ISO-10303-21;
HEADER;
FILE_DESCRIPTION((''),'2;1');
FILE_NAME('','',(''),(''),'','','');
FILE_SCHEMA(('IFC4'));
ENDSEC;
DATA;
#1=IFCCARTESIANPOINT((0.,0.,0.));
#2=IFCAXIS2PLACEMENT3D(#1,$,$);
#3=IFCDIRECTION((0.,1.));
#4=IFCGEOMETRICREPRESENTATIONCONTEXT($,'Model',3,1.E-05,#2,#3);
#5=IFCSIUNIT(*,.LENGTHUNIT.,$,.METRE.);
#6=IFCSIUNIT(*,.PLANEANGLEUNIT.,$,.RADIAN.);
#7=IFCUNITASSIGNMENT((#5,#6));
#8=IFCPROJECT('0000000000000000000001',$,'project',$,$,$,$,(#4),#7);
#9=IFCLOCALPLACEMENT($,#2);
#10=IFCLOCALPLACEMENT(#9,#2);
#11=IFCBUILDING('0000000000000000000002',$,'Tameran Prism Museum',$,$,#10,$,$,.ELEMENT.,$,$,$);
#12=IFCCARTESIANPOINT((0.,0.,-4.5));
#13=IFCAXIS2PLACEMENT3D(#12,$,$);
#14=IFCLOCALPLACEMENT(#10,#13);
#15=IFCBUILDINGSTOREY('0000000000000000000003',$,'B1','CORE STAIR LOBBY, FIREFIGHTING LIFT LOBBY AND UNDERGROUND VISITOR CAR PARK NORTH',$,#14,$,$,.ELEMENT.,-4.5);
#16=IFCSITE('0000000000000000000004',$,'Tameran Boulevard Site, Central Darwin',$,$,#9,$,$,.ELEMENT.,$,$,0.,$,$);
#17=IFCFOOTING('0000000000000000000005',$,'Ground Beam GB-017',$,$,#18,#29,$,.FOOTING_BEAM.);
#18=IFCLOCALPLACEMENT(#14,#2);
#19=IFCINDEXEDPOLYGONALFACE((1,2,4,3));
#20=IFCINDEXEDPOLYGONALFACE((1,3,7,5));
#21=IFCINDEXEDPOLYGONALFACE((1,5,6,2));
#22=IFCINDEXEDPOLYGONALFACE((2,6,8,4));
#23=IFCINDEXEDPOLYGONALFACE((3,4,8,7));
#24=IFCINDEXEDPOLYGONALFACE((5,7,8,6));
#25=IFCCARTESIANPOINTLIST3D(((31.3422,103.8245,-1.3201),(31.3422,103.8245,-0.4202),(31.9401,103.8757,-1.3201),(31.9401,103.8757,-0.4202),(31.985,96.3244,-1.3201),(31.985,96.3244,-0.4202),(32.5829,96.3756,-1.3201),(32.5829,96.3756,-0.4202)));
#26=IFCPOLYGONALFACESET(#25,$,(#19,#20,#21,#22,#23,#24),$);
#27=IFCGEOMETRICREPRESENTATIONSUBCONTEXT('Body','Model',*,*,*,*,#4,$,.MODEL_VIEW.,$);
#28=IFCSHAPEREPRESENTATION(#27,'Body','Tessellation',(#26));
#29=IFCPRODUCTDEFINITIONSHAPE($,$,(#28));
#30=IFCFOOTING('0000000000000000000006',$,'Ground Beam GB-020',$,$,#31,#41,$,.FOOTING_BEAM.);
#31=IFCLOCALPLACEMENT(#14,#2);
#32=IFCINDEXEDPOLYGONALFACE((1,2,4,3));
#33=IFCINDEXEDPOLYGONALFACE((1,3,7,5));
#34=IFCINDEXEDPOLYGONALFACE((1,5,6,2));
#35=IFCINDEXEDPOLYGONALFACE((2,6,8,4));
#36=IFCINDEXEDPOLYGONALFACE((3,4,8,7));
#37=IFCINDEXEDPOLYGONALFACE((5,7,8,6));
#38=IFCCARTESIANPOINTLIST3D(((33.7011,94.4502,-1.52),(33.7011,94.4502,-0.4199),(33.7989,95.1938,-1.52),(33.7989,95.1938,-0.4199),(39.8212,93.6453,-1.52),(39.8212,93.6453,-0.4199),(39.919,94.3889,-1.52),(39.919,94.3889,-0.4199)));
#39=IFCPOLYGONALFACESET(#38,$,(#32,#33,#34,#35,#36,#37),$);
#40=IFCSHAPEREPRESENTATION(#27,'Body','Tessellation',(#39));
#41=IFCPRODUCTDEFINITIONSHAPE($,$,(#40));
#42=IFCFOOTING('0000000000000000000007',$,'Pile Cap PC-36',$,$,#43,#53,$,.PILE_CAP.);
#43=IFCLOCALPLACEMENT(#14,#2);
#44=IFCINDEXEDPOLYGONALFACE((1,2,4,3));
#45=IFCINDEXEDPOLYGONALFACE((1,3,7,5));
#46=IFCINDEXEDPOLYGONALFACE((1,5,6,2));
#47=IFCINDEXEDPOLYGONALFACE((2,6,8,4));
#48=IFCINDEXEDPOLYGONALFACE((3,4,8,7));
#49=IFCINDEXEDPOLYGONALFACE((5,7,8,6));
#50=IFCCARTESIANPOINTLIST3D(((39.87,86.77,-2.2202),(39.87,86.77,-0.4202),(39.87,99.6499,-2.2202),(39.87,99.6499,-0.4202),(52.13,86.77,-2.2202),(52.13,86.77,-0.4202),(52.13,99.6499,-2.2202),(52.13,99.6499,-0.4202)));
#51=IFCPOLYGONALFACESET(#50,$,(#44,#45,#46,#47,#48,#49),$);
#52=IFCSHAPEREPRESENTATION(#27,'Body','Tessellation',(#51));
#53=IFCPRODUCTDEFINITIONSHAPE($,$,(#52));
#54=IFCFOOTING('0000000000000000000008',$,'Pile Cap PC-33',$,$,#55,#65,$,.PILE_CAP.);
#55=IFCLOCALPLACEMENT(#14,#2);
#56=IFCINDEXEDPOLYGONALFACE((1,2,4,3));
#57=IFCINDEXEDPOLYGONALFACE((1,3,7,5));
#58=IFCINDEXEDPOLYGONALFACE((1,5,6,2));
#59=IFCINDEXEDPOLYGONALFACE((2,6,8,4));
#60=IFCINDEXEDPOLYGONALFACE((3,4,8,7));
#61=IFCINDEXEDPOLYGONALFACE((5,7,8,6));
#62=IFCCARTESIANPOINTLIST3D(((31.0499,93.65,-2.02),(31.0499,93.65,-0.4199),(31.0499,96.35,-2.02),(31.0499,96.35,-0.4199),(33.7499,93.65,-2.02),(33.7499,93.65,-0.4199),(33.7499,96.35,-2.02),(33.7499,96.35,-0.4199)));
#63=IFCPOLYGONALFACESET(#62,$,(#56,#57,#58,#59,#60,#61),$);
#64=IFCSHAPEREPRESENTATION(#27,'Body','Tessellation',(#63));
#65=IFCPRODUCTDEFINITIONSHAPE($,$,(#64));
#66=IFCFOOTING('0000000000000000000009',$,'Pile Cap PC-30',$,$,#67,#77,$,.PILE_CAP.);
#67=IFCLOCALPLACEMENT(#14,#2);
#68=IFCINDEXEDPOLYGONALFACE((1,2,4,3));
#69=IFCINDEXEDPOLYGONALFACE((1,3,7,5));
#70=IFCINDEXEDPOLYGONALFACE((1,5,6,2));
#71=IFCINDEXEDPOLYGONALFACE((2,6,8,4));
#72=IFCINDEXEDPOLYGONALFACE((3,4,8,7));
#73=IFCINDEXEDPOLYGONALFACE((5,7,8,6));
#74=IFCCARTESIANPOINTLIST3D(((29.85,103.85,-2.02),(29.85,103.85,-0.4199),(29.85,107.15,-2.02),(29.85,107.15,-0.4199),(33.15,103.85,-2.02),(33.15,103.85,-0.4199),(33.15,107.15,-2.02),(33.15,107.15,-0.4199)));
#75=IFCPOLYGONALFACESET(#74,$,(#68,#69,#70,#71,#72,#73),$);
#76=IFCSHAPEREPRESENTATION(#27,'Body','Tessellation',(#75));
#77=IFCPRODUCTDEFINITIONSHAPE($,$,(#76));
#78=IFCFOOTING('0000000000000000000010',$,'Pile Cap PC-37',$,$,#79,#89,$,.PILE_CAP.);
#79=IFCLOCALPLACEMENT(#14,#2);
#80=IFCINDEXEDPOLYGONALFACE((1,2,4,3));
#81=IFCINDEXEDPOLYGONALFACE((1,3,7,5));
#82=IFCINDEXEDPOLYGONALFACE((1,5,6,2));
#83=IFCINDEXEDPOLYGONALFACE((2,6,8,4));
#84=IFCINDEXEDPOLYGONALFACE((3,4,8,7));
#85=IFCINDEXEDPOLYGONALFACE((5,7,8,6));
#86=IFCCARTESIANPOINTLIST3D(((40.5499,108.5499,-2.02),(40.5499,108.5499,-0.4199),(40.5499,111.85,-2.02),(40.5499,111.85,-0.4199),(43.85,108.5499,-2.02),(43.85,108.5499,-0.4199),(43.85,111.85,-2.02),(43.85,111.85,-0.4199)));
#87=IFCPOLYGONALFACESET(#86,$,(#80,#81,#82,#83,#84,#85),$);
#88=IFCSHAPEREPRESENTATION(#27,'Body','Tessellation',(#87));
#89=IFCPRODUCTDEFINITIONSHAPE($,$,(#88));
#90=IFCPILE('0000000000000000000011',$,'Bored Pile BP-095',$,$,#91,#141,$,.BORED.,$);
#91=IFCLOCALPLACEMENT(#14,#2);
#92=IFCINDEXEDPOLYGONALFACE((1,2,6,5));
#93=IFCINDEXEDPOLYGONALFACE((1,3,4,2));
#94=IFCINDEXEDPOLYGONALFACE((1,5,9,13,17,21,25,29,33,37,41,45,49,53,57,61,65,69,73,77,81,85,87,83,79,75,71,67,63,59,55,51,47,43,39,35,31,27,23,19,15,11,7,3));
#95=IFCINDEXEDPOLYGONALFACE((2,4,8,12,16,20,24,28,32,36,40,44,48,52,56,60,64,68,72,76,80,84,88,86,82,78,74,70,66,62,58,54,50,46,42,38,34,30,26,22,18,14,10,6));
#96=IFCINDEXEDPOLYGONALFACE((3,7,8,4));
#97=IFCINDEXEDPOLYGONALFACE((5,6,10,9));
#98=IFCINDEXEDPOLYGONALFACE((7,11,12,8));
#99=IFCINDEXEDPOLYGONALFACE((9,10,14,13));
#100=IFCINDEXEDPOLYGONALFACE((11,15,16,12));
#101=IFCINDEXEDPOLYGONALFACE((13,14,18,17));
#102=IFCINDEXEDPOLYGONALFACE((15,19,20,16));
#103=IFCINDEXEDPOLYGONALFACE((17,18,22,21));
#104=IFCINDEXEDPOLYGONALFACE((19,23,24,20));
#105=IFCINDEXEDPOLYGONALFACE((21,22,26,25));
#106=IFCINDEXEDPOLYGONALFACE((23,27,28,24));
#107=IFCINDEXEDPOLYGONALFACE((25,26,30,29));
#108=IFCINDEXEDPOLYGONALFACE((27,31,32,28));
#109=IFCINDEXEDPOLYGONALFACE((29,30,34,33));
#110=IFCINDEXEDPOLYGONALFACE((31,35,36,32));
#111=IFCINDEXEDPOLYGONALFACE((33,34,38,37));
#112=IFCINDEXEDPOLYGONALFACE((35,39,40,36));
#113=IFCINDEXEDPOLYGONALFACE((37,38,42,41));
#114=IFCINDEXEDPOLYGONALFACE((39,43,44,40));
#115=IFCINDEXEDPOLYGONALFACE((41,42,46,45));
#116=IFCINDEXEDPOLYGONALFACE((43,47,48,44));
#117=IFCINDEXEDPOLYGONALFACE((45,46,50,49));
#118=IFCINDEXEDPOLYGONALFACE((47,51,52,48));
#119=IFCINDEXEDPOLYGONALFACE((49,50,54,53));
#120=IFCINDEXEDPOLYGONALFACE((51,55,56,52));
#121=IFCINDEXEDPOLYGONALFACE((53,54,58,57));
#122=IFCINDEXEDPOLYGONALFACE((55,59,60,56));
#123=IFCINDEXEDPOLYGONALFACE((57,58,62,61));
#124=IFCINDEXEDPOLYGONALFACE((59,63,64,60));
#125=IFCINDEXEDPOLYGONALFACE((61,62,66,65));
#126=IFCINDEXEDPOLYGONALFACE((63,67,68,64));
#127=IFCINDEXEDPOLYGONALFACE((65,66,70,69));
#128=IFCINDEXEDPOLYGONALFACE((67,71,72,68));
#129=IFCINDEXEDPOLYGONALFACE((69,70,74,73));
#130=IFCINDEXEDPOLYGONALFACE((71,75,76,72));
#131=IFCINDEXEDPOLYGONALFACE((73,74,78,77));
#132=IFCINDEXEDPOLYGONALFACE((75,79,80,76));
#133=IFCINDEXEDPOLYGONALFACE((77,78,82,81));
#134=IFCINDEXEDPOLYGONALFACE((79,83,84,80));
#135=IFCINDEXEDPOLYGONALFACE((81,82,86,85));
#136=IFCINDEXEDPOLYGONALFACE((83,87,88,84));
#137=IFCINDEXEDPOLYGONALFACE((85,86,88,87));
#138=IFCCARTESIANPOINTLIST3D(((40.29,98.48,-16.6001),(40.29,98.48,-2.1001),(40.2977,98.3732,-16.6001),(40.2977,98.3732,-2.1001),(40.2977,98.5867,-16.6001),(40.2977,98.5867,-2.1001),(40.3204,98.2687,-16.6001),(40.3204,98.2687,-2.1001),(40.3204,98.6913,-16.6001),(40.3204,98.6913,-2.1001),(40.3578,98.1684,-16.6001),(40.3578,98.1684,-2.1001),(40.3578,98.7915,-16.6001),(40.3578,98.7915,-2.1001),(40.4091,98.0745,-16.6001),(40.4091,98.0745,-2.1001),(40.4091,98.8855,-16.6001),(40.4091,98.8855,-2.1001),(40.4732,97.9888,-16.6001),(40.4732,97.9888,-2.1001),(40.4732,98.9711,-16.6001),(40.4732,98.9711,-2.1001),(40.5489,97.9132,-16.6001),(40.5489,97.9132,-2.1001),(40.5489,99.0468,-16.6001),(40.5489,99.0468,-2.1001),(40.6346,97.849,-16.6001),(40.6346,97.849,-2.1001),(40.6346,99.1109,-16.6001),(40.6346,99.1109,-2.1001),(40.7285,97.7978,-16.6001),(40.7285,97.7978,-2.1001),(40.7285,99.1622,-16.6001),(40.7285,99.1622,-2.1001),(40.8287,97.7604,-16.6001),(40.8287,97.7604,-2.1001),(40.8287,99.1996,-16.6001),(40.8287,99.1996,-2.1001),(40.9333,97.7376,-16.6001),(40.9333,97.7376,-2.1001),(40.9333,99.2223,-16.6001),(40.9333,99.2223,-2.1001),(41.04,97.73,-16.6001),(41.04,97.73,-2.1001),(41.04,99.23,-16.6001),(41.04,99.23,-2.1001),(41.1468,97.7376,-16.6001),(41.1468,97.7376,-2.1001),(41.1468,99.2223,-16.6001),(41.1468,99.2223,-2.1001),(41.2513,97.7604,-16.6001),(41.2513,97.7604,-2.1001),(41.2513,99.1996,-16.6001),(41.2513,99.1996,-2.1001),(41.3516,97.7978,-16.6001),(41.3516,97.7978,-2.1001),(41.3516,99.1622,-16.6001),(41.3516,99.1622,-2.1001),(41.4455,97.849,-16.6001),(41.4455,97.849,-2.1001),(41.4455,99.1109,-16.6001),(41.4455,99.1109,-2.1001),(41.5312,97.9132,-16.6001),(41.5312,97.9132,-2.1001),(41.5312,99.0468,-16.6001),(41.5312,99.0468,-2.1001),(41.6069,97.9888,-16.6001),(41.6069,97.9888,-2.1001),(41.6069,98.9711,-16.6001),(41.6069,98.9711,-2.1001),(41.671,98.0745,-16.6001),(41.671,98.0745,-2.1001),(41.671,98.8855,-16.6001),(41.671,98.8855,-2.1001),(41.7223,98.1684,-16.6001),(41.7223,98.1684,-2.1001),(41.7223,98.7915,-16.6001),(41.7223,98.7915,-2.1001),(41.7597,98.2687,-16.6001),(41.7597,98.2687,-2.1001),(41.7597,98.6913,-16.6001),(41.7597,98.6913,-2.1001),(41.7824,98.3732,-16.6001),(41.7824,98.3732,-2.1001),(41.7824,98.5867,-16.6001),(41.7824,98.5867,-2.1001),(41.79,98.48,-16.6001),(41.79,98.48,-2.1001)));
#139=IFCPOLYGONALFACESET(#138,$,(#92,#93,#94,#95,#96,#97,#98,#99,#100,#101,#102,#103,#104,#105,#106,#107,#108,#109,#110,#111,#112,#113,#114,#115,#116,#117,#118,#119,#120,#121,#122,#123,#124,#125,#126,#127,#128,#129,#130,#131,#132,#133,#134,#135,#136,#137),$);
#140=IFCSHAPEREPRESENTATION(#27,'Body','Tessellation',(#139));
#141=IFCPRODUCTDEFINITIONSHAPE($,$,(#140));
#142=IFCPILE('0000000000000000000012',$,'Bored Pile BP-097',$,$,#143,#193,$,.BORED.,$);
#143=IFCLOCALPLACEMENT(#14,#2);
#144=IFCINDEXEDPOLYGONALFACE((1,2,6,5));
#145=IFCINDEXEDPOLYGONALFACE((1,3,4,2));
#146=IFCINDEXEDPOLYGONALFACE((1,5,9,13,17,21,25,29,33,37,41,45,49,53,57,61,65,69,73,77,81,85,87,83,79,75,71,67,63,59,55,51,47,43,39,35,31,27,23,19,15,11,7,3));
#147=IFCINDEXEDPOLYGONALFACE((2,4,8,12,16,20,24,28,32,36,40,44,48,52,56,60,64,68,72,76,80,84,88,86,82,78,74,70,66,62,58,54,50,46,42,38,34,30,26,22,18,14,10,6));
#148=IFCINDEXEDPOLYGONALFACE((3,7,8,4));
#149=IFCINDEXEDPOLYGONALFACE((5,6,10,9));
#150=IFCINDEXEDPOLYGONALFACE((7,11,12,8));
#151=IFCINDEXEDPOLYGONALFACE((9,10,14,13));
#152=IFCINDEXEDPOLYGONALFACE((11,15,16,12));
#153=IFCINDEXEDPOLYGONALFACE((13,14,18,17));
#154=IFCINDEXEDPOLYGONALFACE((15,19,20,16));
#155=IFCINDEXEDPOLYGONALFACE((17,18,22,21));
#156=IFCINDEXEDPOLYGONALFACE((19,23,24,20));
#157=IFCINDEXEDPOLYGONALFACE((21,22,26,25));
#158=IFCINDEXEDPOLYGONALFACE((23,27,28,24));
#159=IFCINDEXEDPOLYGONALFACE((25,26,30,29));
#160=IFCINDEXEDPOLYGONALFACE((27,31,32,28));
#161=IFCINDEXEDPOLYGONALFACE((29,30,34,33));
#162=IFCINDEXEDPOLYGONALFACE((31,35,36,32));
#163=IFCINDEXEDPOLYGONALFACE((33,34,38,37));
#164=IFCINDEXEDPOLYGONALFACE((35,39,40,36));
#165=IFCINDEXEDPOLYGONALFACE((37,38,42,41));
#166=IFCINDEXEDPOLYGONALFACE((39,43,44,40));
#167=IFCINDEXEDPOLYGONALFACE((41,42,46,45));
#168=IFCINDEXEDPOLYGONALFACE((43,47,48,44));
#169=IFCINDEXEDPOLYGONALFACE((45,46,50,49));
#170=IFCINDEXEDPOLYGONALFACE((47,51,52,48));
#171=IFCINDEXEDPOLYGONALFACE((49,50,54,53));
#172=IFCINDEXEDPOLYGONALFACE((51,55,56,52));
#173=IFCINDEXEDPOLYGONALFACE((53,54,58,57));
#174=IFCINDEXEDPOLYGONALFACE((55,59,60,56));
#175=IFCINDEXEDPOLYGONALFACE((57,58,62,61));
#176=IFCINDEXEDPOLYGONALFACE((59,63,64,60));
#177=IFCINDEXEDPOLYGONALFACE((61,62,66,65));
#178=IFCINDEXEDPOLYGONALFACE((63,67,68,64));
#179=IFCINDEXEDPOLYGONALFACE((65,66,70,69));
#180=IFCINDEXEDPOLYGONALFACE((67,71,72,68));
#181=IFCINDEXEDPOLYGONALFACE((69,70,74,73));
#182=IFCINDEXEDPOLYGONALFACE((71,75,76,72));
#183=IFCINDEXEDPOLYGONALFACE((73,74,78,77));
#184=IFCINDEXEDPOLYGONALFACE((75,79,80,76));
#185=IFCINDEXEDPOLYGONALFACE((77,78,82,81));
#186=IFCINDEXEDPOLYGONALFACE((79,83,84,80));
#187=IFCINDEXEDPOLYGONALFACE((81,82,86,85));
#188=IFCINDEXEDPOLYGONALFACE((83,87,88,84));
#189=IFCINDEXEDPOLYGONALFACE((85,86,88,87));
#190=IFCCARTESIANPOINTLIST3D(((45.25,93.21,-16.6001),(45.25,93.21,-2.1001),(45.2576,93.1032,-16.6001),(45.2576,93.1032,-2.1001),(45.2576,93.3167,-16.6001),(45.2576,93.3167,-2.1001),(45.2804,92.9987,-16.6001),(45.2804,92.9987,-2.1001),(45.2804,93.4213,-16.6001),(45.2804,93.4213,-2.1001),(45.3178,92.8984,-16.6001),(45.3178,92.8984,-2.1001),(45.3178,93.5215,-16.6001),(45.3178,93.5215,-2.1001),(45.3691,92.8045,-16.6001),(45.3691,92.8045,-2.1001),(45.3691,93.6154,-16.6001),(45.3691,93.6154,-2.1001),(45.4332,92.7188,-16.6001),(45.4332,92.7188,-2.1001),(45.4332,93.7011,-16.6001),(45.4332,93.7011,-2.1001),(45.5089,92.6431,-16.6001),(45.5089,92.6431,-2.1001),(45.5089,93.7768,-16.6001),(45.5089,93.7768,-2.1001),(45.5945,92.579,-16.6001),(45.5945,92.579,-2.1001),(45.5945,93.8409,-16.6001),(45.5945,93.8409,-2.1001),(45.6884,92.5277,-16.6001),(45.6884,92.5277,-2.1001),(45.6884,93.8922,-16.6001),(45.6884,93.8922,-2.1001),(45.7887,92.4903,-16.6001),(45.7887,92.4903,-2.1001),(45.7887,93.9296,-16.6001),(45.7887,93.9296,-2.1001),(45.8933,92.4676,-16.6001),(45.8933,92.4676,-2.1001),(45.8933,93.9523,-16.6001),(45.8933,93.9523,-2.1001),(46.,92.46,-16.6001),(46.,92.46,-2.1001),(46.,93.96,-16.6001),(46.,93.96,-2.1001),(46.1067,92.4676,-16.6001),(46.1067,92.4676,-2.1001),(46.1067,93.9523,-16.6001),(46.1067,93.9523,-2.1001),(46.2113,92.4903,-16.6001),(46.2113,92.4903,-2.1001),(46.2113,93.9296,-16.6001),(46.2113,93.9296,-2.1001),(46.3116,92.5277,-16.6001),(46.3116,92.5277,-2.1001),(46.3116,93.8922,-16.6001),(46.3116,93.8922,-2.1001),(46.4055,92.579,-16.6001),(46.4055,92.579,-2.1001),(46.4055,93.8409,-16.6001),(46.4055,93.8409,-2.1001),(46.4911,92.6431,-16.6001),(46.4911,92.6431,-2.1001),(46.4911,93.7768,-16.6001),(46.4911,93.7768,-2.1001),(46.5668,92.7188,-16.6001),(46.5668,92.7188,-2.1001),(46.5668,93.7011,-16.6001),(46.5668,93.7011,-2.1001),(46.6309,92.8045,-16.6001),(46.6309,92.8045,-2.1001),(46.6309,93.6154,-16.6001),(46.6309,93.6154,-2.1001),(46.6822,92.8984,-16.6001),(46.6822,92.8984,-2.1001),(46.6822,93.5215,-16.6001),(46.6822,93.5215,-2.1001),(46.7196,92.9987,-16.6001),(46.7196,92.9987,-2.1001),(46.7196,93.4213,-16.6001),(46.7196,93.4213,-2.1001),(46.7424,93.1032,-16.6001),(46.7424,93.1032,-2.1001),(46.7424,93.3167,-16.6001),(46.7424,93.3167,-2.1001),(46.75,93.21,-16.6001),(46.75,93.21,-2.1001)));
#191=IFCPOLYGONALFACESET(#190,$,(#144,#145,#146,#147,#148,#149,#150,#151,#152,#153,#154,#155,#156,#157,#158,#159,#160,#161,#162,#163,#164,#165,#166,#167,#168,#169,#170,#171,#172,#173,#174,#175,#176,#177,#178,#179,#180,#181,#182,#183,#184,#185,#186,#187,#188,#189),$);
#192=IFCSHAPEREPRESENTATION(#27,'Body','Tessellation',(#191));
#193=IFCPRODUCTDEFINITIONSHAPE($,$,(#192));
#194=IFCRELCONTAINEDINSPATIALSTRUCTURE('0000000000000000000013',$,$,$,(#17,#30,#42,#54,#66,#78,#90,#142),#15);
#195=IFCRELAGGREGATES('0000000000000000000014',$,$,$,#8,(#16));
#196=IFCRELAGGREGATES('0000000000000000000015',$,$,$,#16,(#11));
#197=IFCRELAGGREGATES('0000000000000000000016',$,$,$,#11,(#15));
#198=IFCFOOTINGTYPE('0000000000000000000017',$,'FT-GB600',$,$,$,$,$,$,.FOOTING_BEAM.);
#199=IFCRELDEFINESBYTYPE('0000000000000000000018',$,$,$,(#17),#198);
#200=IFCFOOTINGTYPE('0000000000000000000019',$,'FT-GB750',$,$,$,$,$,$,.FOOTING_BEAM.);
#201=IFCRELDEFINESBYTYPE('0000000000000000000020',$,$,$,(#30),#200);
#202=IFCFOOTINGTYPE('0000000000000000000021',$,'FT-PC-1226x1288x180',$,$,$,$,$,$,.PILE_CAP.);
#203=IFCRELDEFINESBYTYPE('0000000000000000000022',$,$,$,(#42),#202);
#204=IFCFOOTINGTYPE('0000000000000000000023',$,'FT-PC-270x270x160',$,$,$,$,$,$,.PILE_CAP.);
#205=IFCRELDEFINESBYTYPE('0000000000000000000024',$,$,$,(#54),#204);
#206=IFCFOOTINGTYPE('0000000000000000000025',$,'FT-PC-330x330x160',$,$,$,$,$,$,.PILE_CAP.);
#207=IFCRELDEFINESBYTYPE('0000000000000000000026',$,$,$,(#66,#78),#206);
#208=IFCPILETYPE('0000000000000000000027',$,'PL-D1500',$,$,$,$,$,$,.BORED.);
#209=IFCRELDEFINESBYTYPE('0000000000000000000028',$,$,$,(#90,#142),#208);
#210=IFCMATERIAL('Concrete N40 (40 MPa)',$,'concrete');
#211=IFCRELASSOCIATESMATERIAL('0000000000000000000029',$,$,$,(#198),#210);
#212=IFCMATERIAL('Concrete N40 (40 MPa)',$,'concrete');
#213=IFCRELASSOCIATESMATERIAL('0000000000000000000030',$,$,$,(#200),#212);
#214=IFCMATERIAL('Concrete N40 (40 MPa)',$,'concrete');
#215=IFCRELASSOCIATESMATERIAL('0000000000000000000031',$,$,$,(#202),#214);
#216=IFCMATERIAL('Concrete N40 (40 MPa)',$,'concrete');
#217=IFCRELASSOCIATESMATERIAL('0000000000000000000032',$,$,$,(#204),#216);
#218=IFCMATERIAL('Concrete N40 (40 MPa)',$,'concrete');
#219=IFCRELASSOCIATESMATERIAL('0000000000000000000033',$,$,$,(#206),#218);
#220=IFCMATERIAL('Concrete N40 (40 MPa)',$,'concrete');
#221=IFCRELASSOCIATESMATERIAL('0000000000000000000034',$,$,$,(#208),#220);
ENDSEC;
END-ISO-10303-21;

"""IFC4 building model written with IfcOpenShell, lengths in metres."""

from ifc_helpers import new_model, si_unit, direction, frame, origin, origin_2d, place, context, subcontext, project, spatial, rectangle, circle, extrude, material, material_profile, profile_set, type_object, element, save


model = new_model("IFC4")

# Units and contexts
model_context = context("Model", 3, precision=1e-05, world=origin(), true_north=direction((0.0, 1.0)))
body_context = subcontext(model_context, "Body", "Model", "MODEL_VIEW")
ifc_project = project(units=[si_unit("LENGTHUNIT", "METRE"), si_unit("PLANEANGLEUNIT", "RADIAN")], contexts=[model_context])

# Site, building, storey
site_placement = place(None, origin())
site = spatial("IfcSite", under=ifc_project, at=site_placement, Name="Tameran Boulevard Site, Central Darwin", CompositionType="ELEMENT", RefElevation=0.0)
building_placement = place(site_placement, origin())
building = spatial("IfcBuilding", under=site, at=building_placement, Name="Tameran Prism Museum", CompositionType="ELEMENT")
storey_placement = place(building_placement, frame((0.0, 0.0, -4.5)))
storey = spatial("IfcBuildingStorey", under=building, at=storey_placement, Name="B1", Description="CORE STAIR LOBBY, FIREFIGHTING LIFT LOBBY AND UNDERGROUND VISITOR CAR PARK NORTH", CompositionType="ELEMENT", Elevation=-4.5)

# Footings
ifc_material_1 = material(Name="Concrete N40 (40 MPa)", Category="concrete")
ifc_material_profile_1 = material_profile(ifc_material_1, rectangle(XDim=0.6001, YDim=0.8999, at=origin_2d()))
ifc_profile_set_1 = profile_set([ifc_material_profile_1])
footing_type_1 = type_object("IfcFootingType", Name="FT-GB600", PredefinedType="FOOTING_BEAM", material=ifc_profile_set_1)
footing_1_placement = place(storey_placement, frame((31.6411, 103.8501, -0.8701), z_axis=(0.085397, -0.996347, 0.0), x_axis=(0.996347, 0.085397, 0.0)))
element("IfcFooting", 1, at=footing_1_placement, inside=storey, type_object=footing_type_1, Name="Ground Beam GB-017", PredefinedType="FOOTING_BEAM", context=body_context, shape_type="SweptSolid", body=[
    extrude(rectangle(XDim=0.6001, YDim=0.8999, at=origin_2d()), origin(), (0.0, 0.0, 1.0), 7.5276),
])
ifc_material_2 = material(Name="Concrete N40 (40 MPa)", Category="concrete")
ifc_material_profile_2 = material_profile(ifc_material_2, rectangle(XDim=0.75, YDim=1.1001, at=origin_2d()))
ifc_profile_set_2 = profile_set([ifc_material_profile_2])
footing_type_2 = type_object("IfcFootingType", Name="FT-GB750", PredefinedType="FOOTING_BEAM", material=ifc_profile_set_2)
footing_2_placement = place(storey_placement, frame((33.75, 94.822, -0.97), z_axis=(0.991462, -0.130399, 0.0), x_axis=(0.130399, 0.991462, 0.0)))
element("IfcFooting", 2, at=footing_2_placement, inside=storey, type_object=footing_type_2, Name="Ground Beam GB-020", PredefinedType="FOOTING_BEAM", context=body_context, shape_type="SweptSolid", body=[
    extrude(rectangle(XDim=0.75, YDim=1.1001, at=origin_2d()), origin(), (0.0, 0.0, 1.0), 6.1729),
])
ifc_material_3 = material(Name="Concrete N40 (40 MPa)", Category="concrete")
footing_type_3 = type_object("IfcFootingType", Name="FT-PC-1226x1288x180", PredefinedType="PILE_CAP", material=ifc_material_3)
footing_3_placement = place(storey_placement, frame((46.0, 93.21, -2.2202), z_axis=(0.0, 0.0, 1.0), x_axis=(1.0, 0.0, 0.0)))
element("IfcFooting", 3, at=footing_3_placement, inside=storey, type_object=footing_type_3, Name="Pile Cap PC-36", PredefinedType="PILE_CAP", context=body_context, shape_type="SweptSolid", body=[
    extrude(rectangle(XDim=12.26, YDim=12.8799, at=origin_2d()), origin(), (0.0, 0.0, 1.0), 1.8),
])
ifc_material_4 = material(Name="Concrete N40 (40 MPa)", Category="concrete")
footing_type_4 = type_object("IfcFootingType", Name="FT-PC-270x270x160", PredefinedType="PILE_CAP", material=ifc_material_4)
footing_4_placement = place(storey_placement, frame((32.3999, 95.0, -2.02), z_axis=(0.0, 0.0, 1.0), x_axis=(1.0, 0.0, 0.0)))
element("IfcFooting", 4, at=footing_4_placement, inside=storey, type_object=footing_type_4, Name="Pile Cap PC-33", PredefinedType="PILE_CAP", context=body_context, shape_type="SweptSolid", body=[
    extrude(rectangle(XDim=2.7, YDim=2.7, at=origin_2d()), origin(), (0.0, 0.0, 1.0), 1.6001),
])
ifc_material_5 = material(Name="Concrete N40 (40 MPa)", Category="concrete")
footing_type_5 = type_object("IfcFootingType", Name="FT-PC-330x330x160", PredefinedType="PILE_CAP", material=ifc_material_5)
for number, where, z_axis, x_axis, name in (
    (5, (31.5, 105.5, -2.02), (0.0, 0.0, 1.0), (1.0, 0.0, 0.0), "Pile Cap PC-30"),
    (6, (42.2, 110.2, -2.02), (0.0, 0.0, 1.0), (1.0, 0.0, 0.0), "Pile Cap PC-37"),
):
    element("IfcFooting", number, at=place(storey_placement, frame(where, z_axis=z_axis, x_axis=x_axis)), inside=storey, type_object=footing_type_5, Name=name, PredefinedType="PILE_CAP", context=body_context, shape_type="SweptSolid", body=[
        extrude(rectangle(XDim=3.3, YDim=3.3, at=origin_2d()), origin(), (0.0, 0.0, 1.0), 1.6001),
    ])

# Piles
ifc_material_6 = material(Name="Concrete N40 (40 MPa)", Category="concrete")
ifc_material_profile_3 = material_profile(ifc_material_6, circle(Radius=0.75, at=origin_2d()))
ifc_profile_set_3 = profile_set([ifc_material_profile_3])
pile_type_1 = type_object("IfcPileType", Name="PL-D1500", PredefinedType="BORED", material=ifc_profile_set_3)
for number, where, z_axis, x_axis, name in (
    (7, (41.04, 98.48, -2.1001), (0.0, 0.0, -1.0), (1.0, 0.0, 0.0), "Bored Pile BP-095"),
    (8, (46.0, 93.21, -2.1001), (0.0, 0.0, -1.0), (1.0, 0.0, 0.0), "Bored Pile BP-097"),
):
    element("IfcPile", number, at=place(storey_placement, frame(where, z_axis=z_axis, x_axis=x_axis)), inside=storey, type_object=pile_type_1, Name=name, PredefinedType="BORED", context=body_context, shape_type="SweptSolid", body=[
        extrude(circle(Radius=0.75, at=origin_2d()), origin(), (0.0, 0.0, 1.0), 14.5),
    ])

save(model, "model.ifc")
